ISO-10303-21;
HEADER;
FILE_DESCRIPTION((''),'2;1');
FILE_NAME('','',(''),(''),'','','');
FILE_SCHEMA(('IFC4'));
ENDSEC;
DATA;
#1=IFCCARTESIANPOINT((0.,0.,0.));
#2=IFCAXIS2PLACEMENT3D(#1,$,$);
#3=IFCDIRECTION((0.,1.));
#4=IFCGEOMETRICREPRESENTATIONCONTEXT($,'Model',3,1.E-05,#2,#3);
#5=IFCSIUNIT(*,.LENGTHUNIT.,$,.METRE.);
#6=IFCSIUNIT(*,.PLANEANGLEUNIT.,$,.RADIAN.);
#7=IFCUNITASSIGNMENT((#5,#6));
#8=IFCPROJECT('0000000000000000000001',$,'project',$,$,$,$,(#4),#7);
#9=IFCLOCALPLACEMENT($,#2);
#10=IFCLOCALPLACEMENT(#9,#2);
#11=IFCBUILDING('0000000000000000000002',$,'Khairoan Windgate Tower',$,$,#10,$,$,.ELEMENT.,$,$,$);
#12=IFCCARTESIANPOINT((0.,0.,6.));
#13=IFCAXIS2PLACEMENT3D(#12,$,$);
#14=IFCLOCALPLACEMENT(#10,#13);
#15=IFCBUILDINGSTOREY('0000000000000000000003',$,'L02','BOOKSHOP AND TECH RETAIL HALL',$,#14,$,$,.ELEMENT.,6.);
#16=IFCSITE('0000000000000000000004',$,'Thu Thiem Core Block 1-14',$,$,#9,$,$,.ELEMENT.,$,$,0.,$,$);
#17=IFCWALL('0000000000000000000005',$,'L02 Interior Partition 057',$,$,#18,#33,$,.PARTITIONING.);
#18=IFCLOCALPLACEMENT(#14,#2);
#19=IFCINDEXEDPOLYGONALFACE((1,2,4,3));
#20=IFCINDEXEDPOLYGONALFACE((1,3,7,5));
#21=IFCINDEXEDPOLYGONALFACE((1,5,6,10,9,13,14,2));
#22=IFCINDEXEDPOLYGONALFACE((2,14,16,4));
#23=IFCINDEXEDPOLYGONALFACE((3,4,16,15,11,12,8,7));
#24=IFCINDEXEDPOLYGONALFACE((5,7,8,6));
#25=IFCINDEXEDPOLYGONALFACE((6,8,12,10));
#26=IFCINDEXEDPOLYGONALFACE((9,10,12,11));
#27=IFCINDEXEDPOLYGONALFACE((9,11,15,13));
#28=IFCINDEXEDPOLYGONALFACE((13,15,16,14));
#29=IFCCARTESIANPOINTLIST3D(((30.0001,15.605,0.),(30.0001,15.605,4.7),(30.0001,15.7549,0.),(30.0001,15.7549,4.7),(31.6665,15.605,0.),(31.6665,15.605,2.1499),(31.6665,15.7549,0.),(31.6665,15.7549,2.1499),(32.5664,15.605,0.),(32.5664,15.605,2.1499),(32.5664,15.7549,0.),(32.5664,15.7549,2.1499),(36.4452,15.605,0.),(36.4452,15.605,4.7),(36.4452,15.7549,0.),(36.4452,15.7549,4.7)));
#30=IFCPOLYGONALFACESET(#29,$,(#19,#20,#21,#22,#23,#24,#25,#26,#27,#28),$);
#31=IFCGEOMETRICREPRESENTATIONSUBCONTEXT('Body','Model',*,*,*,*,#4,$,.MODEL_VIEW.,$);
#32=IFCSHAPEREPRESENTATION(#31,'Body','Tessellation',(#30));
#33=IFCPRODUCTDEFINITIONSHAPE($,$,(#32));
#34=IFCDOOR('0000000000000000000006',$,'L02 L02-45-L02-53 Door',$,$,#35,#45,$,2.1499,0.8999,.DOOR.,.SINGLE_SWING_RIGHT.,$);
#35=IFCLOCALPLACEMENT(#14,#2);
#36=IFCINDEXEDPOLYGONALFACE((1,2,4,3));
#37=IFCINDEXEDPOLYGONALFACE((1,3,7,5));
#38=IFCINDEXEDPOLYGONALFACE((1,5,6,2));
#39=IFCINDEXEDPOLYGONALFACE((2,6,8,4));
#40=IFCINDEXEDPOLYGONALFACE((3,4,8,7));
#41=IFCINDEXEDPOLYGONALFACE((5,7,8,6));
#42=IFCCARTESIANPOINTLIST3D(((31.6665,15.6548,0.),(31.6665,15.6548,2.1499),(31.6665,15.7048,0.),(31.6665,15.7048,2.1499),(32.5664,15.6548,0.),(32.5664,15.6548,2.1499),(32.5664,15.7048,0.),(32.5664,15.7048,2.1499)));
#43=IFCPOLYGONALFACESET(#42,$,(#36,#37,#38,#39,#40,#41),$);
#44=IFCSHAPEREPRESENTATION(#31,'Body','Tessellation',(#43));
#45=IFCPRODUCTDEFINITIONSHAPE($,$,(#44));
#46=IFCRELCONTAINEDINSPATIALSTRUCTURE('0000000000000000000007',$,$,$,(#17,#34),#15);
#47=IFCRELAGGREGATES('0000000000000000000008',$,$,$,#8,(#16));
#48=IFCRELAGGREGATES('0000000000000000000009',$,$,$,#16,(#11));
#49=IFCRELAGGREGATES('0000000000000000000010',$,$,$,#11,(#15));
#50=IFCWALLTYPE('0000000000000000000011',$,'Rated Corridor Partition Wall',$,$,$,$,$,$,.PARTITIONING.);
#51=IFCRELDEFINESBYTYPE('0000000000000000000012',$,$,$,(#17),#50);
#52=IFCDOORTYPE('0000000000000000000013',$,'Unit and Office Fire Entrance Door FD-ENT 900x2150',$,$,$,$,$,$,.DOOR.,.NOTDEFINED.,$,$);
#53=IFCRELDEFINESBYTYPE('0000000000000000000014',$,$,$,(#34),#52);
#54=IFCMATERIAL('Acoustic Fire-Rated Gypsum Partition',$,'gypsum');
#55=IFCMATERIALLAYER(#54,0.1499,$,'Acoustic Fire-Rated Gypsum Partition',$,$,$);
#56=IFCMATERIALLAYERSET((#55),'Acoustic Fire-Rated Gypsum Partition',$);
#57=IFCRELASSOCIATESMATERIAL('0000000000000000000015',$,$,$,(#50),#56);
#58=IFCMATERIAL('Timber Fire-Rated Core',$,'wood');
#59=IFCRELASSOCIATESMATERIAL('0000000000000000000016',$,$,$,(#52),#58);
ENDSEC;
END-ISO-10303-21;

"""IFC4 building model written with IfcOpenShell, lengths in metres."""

from ifc_helpers import new_model, si_unit, direction, frame, frame_2d, origin, place, context, subcontext, project, spatial, rectangle, extrude, material, layer, layer_set, type_object, element, fill, save


model = new_model("IFC4")

# Units and contexts
model_context = context("Model", 3, precision=1e-05, world=origin(), true_north=direction((0.0, 1.0)))
body_context = subcontext(model_context, "Body", "Model", "MODEL_VIEW")
ifc_project = project(units=[si_unit("LENGTHUNIT", "METRE"), si_unit("PLANEANGLEUNIT", "RADIAN")], contexts=[model_context])

# Site, building, storey
site_placement = place(None, origin())
site = spatial("IfcSite", under=ifc_project, at=site_placement, Name="Thu Thiem Core Block 1-14", CompositionType="ELEMENT", RefElevation=0.0)
building_placement = place(site_placement, origin())
building = spatial("IfcBuilding", under=site, at=building_placement, Name="Khairoan Windgate Tower", CompositionType="ELEMENT")
storey_placement = place(building_placement, frame((0.0, 0.0, 6.0)))
storey = spatial("IfcBuildingStorey", under=building, at=storey_placement, Name="L02", Description="BOOKSHOP AND TECH RETAIL HALL", CompositionType="ELEMENT", Elevation=6.0)

# Wall, opening, door
ifc_material_1 = material(Name="Acoustic Fire-Rated Gypsum Partition", Category="gypsum")
ifc_layer_1 = layer(ifc_material_1, 0.1499, Name="Acoustic Fire-Rated Gypsum Partition")
ifc_layer_set_1 = layer_set([ifc_layer_1], Name="Acoustic Fire-Rated Gypsum Partition")
wall_type_1 = type_object("IfcWallType", Name="Rated Corridor Partition Wall", PredefinedType="PARTITIONING", material=ifc_layer_set_1)
wall_1_placement = place(storey_placement, frame((30.0, 15.6799, 0.0), z_axis=(0.0, 0.0, 1.0), x_axis=(1.0, 0.0, 0.0)))
wall_1 = element("IfcWall", 1, at=wall_1_placement, inside=storey, type_object=wall_type_1, Name="L02 Interior Partition 057", PredefinedType="PARTITIONING", context=body_context, shape_type="SweptSolid", body=[
    extrude(rectangle(XDim=6.4451, YDim=0.1499, at=frame_2d((3.2227, 0.0))), origin(), (0.0, 0.0, 1.0), 4.7),
])
opening_1_placement = place(wall_1_placement, frame((1.6665, 0.0, 0.0)))
opening_1 = element("IfcOpeningElement", 2, at=opening_1_placement, cuts=wall_1, PredefinedType="OPENING", context=body_context, shape_type="SweptSolid", body=[
    extrude(rectangle(XDim=0.8999, YDim=2.1499, at=frame_2d((0.45, 1.075))), frame((0.0, 0.085, 0.0), z_axis=(0.0, -1.0, 0.0), x_axis=(1.0, 0.0, 0.0)), (0.0, 0.0, 1.0), 0.1699),
])
ifc_material_2 = material(Name="Timber Fire-Rated Core", Category="wood")
door_type = type_object("IfcDoorType", Name="Unit and Office Fire Entrance Door FD-ENT 900x2150", OperationType="NOTDEFINED", PredefinedType="DOOR", material=ifc_material_2)
door_1_placement = place(opening_1_placement, origin())
door_1 = element("IfcDoor", 3, at=door_1_placement, inside=storey, type_object=door_type, Name="L02 L02-45-L02-53 Door", OperationType="SINGLE_SWING_RIGHT", OverallHeight=2.1499, OverallWidth=0.8999, PredefinedType="DOOR", context=body_context, shape_type="SweptSolid", body=[
    extrude(rectangle(XDim=0.8999, YDim=2.1499, at=frame_2d((0.45, 1.075))), frame((0.0, 0.0249, 0.0), z_axis=(0.0, -1.0, 0.0), x_axis=(1.0, 0.0, 0.0)), (0.0, 0.0, 1.0), 0.05),
])
fill(opening_1, door_1)

save(model, "model.ifc")
